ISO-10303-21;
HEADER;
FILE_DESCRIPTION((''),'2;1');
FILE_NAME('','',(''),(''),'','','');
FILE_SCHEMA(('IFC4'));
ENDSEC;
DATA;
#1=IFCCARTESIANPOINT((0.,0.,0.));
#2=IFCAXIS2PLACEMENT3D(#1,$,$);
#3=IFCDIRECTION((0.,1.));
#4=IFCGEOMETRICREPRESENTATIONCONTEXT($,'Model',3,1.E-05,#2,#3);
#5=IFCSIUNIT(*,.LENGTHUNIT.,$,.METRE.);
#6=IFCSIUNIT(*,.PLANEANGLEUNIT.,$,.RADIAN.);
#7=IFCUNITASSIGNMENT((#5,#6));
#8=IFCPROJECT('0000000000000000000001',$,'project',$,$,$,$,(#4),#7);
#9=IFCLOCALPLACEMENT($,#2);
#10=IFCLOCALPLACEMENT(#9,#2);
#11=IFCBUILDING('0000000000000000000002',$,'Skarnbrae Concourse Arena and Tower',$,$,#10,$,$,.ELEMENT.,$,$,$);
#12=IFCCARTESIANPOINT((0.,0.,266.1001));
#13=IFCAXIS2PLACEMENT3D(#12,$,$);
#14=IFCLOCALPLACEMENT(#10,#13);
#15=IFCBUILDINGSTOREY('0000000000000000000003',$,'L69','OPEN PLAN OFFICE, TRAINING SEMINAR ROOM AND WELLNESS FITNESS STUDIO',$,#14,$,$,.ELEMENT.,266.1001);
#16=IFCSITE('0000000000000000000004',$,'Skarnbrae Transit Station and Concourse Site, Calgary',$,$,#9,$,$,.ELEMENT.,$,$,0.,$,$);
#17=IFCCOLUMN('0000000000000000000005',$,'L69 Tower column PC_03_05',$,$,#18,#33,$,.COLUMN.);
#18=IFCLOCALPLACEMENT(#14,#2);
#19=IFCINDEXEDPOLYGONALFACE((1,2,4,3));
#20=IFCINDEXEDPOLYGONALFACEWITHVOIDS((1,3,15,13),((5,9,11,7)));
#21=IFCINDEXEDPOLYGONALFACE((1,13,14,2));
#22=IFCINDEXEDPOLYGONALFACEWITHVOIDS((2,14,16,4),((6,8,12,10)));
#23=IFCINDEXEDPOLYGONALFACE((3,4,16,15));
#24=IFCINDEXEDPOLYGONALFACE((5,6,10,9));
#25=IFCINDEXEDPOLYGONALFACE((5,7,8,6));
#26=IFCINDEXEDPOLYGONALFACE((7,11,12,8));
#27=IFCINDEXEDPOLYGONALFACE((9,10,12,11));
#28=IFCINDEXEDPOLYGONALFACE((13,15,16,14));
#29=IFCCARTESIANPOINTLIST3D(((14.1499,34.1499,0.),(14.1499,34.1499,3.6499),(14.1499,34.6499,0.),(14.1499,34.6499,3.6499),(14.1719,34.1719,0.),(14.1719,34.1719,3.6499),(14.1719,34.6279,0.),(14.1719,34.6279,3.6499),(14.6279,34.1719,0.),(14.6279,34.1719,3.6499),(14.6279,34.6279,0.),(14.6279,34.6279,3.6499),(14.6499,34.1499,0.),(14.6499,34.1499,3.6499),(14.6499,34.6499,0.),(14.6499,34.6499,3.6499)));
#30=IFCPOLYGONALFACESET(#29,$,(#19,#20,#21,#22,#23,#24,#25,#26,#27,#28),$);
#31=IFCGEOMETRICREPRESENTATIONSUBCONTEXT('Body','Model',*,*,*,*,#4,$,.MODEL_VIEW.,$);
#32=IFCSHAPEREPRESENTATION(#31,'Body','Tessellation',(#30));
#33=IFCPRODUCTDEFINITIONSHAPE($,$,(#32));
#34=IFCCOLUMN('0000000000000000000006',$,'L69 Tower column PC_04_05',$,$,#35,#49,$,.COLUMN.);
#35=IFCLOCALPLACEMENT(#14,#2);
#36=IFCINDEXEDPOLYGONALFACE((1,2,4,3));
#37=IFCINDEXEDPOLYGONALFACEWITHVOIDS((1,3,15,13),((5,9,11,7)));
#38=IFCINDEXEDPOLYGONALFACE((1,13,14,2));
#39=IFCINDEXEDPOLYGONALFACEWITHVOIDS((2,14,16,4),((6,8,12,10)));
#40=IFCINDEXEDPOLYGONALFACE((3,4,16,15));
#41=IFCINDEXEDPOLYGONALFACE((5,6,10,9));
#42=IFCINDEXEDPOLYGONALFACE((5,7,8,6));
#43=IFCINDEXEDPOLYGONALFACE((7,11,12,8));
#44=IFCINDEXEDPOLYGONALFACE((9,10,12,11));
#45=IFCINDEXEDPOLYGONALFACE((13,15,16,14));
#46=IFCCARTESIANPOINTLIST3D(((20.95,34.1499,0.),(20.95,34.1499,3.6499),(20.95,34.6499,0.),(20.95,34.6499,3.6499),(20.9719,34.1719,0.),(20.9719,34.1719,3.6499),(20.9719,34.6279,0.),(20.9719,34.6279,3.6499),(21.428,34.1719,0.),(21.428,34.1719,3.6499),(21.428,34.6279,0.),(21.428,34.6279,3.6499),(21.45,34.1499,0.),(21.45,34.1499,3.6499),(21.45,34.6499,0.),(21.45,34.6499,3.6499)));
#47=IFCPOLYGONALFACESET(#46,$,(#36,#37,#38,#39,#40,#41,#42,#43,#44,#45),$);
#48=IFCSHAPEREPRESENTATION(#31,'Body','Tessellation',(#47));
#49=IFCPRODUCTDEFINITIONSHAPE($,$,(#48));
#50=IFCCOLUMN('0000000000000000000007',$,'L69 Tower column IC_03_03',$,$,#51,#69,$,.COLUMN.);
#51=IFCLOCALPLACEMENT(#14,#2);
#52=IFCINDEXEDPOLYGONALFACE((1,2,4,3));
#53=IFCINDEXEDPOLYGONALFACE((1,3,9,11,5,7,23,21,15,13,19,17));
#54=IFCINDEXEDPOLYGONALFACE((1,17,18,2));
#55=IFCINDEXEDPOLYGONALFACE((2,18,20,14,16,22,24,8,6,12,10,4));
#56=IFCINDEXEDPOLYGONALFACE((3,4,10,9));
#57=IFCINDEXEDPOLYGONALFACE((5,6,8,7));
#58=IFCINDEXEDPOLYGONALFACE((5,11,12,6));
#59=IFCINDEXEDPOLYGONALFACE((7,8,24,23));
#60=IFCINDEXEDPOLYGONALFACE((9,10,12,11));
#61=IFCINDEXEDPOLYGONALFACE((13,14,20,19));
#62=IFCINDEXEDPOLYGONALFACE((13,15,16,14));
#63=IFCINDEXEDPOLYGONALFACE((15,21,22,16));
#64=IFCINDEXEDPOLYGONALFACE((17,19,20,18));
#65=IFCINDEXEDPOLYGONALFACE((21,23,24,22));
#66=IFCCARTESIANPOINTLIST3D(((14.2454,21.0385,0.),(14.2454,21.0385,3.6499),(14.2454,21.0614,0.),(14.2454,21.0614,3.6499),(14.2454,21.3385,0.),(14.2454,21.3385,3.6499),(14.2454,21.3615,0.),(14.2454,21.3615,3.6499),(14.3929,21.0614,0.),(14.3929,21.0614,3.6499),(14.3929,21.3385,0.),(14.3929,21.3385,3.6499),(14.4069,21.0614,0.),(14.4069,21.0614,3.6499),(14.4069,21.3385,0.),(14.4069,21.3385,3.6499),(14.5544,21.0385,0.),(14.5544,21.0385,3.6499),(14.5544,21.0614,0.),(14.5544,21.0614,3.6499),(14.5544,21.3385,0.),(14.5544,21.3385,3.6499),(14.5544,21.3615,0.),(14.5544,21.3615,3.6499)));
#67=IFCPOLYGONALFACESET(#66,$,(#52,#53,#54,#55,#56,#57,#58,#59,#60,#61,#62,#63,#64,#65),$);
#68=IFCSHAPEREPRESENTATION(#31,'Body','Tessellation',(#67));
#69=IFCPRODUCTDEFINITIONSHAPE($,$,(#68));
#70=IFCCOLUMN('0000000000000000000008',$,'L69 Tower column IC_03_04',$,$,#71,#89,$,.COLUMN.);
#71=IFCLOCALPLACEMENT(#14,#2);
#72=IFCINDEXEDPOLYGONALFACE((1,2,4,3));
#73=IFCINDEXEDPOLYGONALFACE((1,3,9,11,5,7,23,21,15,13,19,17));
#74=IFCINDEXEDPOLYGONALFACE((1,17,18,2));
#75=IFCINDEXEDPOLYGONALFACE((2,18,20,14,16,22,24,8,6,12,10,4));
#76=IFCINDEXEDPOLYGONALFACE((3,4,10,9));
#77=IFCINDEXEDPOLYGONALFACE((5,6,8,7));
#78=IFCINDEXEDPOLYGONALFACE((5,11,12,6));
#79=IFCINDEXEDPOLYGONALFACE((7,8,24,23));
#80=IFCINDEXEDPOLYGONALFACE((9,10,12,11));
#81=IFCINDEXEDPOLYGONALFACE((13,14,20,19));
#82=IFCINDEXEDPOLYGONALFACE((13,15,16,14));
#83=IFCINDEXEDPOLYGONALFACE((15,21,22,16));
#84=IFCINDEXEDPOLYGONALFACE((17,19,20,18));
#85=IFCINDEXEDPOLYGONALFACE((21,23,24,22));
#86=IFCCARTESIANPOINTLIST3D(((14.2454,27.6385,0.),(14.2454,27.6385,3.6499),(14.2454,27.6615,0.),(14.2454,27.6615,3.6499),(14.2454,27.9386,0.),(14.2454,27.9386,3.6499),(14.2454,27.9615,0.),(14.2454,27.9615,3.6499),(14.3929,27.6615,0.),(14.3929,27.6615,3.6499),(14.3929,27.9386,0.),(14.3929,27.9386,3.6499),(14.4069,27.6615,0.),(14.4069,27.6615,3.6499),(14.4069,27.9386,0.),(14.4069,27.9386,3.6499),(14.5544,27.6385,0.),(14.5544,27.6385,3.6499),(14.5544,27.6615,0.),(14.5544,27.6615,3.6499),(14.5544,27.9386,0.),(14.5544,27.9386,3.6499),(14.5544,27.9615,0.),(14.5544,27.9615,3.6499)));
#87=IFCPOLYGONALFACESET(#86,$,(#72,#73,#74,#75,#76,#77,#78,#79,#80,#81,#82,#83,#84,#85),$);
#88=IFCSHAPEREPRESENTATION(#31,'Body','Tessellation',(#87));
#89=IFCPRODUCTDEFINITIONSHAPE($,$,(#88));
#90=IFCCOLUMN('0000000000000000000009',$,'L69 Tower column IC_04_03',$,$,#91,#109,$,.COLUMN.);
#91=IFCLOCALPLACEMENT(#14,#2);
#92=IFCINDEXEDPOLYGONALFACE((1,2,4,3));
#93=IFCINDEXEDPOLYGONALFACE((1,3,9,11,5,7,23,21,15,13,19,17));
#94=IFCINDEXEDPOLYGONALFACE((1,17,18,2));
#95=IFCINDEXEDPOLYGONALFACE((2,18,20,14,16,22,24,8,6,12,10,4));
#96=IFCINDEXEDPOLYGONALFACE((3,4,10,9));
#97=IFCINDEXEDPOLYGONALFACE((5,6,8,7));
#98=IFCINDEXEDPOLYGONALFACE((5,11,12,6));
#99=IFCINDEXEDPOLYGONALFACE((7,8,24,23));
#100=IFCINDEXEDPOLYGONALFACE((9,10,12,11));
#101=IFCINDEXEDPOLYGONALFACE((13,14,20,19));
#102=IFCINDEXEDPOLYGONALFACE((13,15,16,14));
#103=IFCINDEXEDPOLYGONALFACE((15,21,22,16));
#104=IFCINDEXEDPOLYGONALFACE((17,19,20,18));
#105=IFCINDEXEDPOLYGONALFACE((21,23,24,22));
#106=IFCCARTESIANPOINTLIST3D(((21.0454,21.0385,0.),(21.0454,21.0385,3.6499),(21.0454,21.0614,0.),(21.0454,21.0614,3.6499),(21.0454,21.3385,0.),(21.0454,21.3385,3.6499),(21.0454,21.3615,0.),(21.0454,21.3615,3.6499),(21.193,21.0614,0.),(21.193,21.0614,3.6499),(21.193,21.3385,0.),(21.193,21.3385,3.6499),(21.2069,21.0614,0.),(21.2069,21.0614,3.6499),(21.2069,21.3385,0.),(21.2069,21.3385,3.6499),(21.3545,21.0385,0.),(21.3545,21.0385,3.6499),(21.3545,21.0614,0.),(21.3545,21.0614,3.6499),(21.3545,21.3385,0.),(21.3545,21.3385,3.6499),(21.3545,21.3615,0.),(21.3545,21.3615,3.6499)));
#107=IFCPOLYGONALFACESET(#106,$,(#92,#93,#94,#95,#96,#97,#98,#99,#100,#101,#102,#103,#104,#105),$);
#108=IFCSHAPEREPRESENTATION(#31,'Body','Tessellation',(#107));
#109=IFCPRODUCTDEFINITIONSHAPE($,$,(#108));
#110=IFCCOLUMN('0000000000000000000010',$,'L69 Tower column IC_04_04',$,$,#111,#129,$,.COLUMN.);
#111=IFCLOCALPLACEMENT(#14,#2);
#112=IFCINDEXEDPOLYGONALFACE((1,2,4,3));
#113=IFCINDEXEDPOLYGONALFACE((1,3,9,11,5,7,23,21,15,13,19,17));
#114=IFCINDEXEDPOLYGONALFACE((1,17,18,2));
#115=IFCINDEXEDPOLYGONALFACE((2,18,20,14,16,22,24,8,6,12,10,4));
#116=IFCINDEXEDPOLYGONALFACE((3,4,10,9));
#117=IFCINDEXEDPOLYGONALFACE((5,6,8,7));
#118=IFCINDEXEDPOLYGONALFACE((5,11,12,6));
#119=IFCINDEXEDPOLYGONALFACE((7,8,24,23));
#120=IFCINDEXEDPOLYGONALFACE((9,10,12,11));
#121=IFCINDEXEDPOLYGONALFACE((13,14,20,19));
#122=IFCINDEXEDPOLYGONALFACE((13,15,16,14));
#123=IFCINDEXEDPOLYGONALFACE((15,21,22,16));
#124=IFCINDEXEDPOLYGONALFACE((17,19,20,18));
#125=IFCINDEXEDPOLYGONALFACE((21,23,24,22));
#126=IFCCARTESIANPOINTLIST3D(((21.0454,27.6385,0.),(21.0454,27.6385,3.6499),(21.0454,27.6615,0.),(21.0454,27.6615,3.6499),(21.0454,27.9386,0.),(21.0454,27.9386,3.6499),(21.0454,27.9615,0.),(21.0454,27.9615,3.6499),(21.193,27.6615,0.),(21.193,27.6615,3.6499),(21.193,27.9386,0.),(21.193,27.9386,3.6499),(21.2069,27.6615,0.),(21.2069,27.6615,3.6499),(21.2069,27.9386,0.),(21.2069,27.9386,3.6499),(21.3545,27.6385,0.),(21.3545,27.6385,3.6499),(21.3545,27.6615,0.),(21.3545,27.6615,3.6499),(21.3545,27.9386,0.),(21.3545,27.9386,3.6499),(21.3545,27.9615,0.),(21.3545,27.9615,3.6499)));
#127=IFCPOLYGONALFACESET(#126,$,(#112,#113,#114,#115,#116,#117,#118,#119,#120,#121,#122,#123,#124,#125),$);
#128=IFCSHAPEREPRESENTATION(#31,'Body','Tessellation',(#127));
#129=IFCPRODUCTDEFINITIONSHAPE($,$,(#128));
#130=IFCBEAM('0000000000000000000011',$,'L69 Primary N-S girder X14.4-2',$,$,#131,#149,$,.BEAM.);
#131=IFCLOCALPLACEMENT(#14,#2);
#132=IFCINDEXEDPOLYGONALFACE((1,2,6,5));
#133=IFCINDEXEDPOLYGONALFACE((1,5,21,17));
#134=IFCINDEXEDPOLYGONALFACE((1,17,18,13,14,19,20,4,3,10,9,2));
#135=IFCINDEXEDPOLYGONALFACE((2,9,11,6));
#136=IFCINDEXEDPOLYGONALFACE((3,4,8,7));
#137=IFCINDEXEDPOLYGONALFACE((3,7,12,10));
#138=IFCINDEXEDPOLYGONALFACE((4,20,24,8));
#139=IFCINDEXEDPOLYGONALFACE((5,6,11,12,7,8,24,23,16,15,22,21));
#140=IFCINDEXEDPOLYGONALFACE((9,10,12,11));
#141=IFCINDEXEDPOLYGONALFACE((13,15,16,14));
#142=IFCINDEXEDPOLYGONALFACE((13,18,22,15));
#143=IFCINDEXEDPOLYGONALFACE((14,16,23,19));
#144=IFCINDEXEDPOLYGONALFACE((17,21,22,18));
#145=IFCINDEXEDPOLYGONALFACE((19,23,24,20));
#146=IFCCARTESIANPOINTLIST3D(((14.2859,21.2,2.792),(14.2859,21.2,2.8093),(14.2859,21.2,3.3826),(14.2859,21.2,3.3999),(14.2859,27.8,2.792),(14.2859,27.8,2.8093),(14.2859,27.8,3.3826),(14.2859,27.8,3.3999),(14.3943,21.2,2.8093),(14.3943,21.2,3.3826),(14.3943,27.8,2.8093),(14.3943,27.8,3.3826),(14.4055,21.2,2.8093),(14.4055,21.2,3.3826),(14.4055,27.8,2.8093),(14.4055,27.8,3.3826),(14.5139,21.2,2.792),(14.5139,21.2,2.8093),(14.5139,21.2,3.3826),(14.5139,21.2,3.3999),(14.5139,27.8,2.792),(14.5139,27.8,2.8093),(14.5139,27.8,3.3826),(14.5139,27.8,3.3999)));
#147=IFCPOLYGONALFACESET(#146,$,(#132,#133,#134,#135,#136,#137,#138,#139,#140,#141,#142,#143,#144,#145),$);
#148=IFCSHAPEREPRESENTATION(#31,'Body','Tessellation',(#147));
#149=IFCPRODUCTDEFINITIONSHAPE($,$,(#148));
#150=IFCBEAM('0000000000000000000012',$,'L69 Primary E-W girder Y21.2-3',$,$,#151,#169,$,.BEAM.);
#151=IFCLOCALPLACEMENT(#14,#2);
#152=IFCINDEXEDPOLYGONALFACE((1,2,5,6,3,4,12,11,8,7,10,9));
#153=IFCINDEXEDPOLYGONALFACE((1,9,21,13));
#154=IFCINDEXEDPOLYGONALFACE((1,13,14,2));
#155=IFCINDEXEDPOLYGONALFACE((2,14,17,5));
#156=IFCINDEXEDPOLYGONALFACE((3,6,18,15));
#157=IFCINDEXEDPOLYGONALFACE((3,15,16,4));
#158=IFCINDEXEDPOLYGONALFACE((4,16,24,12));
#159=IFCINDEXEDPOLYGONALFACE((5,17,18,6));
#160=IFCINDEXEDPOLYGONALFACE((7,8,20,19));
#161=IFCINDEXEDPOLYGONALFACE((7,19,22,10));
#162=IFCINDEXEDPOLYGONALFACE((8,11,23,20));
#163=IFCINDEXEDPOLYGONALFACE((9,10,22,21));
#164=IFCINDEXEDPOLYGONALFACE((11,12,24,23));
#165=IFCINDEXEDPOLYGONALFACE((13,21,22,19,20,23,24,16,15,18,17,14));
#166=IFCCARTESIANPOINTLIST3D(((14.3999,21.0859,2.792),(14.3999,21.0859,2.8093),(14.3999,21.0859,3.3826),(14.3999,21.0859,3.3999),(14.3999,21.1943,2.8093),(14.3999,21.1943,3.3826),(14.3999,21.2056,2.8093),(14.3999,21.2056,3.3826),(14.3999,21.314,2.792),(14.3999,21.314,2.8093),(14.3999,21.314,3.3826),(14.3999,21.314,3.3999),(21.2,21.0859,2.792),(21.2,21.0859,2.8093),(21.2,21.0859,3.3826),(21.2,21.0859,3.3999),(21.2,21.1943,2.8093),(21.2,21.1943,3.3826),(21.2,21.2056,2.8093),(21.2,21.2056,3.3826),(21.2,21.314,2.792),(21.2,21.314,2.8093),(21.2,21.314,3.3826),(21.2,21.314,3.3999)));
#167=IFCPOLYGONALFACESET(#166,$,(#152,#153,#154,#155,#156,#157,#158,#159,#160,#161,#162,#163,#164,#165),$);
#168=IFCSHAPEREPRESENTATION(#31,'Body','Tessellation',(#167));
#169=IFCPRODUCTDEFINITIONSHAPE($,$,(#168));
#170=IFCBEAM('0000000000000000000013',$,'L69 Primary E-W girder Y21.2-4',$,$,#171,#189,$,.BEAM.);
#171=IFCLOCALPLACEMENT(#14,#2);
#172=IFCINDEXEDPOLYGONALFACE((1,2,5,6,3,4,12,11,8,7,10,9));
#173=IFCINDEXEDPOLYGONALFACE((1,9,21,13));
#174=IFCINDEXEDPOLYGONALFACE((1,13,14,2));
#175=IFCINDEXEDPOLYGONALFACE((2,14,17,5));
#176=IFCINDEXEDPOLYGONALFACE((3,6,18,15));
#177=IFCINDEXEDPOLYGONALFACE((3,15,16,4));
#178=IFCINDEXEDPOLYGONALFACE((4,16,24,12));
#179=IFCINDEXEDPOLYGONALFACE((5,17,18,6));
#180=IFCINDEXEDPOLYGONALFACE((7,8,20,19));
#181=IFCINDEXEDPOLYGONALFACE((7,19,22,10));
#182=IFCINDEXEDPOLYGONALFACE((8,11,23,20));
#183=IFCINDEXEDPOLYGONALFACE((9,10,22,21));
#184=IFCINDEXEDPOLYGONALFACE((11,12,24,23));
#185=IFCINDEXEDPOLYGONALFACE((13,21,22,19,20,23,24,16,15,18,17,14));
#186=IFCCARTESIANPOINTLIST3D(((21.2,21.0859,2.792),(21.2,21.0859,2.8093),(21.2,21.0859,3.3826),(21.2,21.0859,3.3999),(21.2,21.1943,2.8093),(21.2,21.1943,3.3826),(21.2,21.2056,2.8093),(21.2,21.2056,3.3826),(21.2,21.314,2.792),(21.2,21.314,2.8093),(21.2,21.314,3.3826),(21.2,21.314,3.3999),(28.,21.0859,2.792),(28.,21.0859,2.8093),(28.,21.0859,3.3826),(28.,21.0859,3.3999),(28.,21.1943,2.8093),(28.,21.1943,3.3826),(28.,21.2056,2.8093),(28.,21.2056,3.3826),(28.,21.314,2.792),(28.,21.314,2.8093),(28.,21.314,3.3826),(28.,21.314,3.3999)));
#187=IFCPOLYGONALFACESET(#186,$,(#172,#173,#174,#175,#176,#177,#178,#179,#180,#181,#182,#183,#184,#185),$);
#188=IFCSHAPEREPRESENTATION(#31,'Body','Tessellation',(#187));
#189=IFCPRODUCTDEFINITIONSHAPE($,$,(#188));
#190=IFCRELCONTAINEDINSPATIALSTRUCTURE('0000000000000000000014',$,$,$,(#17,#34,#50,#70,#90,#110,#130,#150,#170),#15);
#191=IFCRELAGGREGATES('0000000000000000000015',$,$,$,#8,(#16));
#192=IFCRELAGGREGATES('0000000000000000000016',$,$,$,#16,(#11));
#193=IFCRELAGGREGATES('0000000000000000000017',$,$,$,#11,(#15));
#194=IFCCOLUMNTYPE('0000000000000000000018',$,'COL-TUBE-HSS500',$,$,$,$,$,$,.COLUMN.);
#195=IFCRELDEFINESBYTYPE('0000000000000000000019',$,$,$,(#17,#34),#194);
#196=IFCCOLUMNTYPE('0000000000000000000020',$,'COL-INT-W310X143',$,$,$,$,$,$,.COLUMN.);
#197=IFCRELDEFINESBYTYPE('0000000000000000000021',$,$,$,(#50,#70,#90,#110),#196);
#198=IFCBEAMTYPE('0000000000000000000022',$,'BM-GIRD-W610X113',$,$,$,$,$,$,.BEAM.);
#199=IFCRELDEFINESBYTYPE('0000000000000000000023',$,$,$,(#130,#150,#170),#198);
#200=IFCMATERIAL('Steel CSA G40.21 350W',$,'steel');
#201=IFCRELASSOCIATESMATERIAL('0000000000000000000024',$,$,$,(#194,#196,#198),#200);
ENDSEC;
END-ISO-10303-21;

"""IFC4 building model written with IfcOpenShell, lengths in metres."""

from ifc_helpers import new_model, si_unit, direction, frame, origin, origin_2d, place, context, subcontext, project, spatial, hollow_rectangle, i_section, extrude, source, transform, mapped, material, material_profile, profile_set, type_object, element, save


model = new_model("IFC4")

# Units and contexts
model_context = context("Model", 3, precision=1e-05, world=origin(), true_north=direction((0.0, 1.0)))
body_context = subcontext(model_context, "Body", "Model", "MODEL_VIEW")
ifc_project = project(units=[si_unit("LENGTHUNIT", "METRE"), si_unit("PLANEANGLEUNIT", "RADIAN")], contexts=[model_context])

# Site, building, storey
site_placement = place(None, origin())
site = spatial("IfcSite", under=ifc_project, at=site_placement, Name="Skarnbrae Transit Station and Concourse Site, Calgary", CompositionType="ELEMENT", RefElevation=0.0)
building_placement = place(site_placement, origin())
building = spatial("IfcBuilding", under=site, at=building_placement, Name="Skarnbrae Concourse Arena and Tower", CompositionType="ELEMENT")
storey_placement = place(building_placement, frame((0.0, 0.0, 266.1001)))
storey = spatial("IfcBuildingStorey", under=building, at=storey_placement, Name="L69", Description="OPEN PLAN OFFICE, TRAINING SEMINAR ROOM AND WELLNESS FITNESS STUDIO", CompositionType="ELEMENT", Elevation=266.1001)

# Columns
ifc_material_1 = material(Name="Steel CSA G40.21 350W", Category="steel")
ifc_material_profile_1 = material_profile(ifc_material_1, hollow_rectangle(XDim=0.5, YDim=0.5, WallThickness=0.022, at=origin_2d()), Name="HSS500X500X22.0")
ifc_profile_set_1 = profile_set([ifc_material_profile_1], Name="Steel CSA G40.21 350W")
column_type_1 = type_object("IfcColumnType", Name="COL-TUBE-HSS500", PredefinedType="COLUMN", material=ifc_profile_set_1)
shared_shape_1 = source(origin(), body_context, "Body", "SweptSolid", [
    extrude(hollow_rectangle(XDim=0.5, YDim=0.5, WallThickness=0.022, at=origin_2d()), origin(), (0.0, 0.0, 1.0), 3.6499),
])
for number, where, z_axis, x_axis, name in (
    (1, (14.3999, 34.3999, 0.0), (0.0, 0.0, 1.0), (1.0, 0.0, 0.0), "L69 Tower column PC_03_05"),
    (2, (21.2, 34.3999, 0.0), (0.0, 0.0, 1.0), (1.0, 0.0, 0.0), "L69 Tower column PC_04_05"),
):
    element("IfcColumn", number, at=place(storey_placement, frame(where, z_axis=z_axis, x_axis=x_axis)), inside=storey, type_object=column_type_1, Name=name, PredefinedType="COLUMN", context=body_context, shape_type="MappedRepresentation", body=[
        mapped(shared_shape_1, transform((0.0, 0.0, 0.0))),
    ])
ifc_material_profile_2 = material_profile(ifc_material_1, i_section(OverallWidth=0.3091, OverallDepth=0.323, WebThickness=0.0139, FlangeThickness=0.0229, at=origin_2d()), Name="W310X143")
ifc_profile_set_2 = profile_set([ifc_material_profile_2], Name="Steel CSA G40.21 350W")
column_type_2 = type_object("IfcColumnType", Name="COL-INT-W310X143", PredefinedType="COLUMN", material=ifc_profile_set_2)
shared_shape_2 = source(origin(), body_context, "Body", "SweptSolid", [
    extrude(i_section(OverallWidth=0.3091, OverallDepth=0.323, WebThickness=0.0139, FlangeThickness=0.0229, at=origin_2d()), origin(), (0.0, 0.0, 1.0), 3.6499),
])
for number, where, z_axis, x_axis, name in (
    (3, (14.3999, 21.2, 0.0), (0.0, 0.0, 1.0), (1.0, 0.0, 0.0), "L69 Tower column IC_03_03"),
    (4, (14.3999, 27.8, 0.0), (0.0, 0.0, 1.0), (1.0, 0.0, 0.0), "L69 Tower column IC_03_04"),
    (5, (21.2, 21.2, 0.0), (0.0, 0.0, 1.0), (1.0, 0.0, 0.0), "L69 Tower column IC_04_03"),
    (6, (21.2, 27.8, 0.0), (0.0, 0.0, 1.0), (1.0, 0.0, 0.0), "L69 Tower column IC_04_04"),
):
    element("IfcColumn", number, at=place(storey_placement, frame(where, z_axis=z_axis, x_axis=x_axis)), inside=storey, type_object=column_type_2, Name=name, PredefinedType="COLUMN", context=body_context, shape_type="MappedRepresentation", body=[
        mapped(shared_shape_2, transform((0.0, 0.0, 0.0))),
    ])

# Beams
ifc_material_profile_3 = material_profile(ifc_material_1, i_section(OverallWidth=0.228, OverallDepth=0.6079, WebThickness=0.0112, FlangeThickness=0.0173, at=origin_2d()), Name="W610X113")
ifc_profile_set_3 = profile_set([ifc_material_profile_3], Name="Steel CSA G40.21 350W")
beam_type_1 = type_object("IfcBeamType", Name="BM-GIRD-W610X113", PredefinedType="BEAM", material=ifc_profile_set_3)
shared_shape_3 = source(origin(), body_context, "Body", "SweptSolid", [
    extrude(i_section(OverallWidth=0.228, OverallDepth=0.6079, WebThickness=0.0112, FlangeThickness=0.0173, at=origin_2d()), origin(), (0.0, 0.0, 1.0), 6.6001),
])
beam_1_placement = place(storey_placement, frame((14.3999, 21.2, 3.0959), z_axis=(0.0, 1.0, 0.0), x_axis=(-1.0, 0.0, 0.0)))
element("IfcBeam", 7, at=beam_1_placement, inside=storey, type_object=beam_type_1, Name="L69 Primary N-S girder X14.4-2", PredefinedType="BEAM", context=body_context, shape_type="MappedRepresentation", body=[
    mapped(shared_shape_3, transform((0.0, 0.0, 0.0))),
])
shared_shape_4 = source(origin(), body_context, "Body", "SweptSolid", [
    extrude(i_section(OverallWidth=0.228, OverallDepth=0.6079, WebThickness=0.0112, FlangeThickness=0.0173, at=origin_2d()), origin(), (0.0, 0.0, 1.0), 6.8),
])
for number, where, z_axis, x_axis, name in (
    (8, (14.3999, 21.2, 3.0959), (1.0, 0.0, 0.0), (0.0, 1.0, 0.0), "L69 Primary E-W girder Y21.2-3"),
    (9, (21.2, 21.2, 3.0959), (1.0, 0.0, 0.0), (0.0, 1.0, 0.0), "L69 Primary E-W girder Y21.2-4"),
):
    element("IfcBeam", number, at=place(storey_placement, frame(where, z_axis=z_axis, x_axis=x_axis)), inside=storey, type_object=beam_type_1, Name=name, PredefinedType="BEAM", context=body_context, shape_type="MappedRepresentation", body=[
        mapped(shared_shape_4, transform((0.0, 0.0, 0.0))),
    ])

save(model, "model.ifc")
